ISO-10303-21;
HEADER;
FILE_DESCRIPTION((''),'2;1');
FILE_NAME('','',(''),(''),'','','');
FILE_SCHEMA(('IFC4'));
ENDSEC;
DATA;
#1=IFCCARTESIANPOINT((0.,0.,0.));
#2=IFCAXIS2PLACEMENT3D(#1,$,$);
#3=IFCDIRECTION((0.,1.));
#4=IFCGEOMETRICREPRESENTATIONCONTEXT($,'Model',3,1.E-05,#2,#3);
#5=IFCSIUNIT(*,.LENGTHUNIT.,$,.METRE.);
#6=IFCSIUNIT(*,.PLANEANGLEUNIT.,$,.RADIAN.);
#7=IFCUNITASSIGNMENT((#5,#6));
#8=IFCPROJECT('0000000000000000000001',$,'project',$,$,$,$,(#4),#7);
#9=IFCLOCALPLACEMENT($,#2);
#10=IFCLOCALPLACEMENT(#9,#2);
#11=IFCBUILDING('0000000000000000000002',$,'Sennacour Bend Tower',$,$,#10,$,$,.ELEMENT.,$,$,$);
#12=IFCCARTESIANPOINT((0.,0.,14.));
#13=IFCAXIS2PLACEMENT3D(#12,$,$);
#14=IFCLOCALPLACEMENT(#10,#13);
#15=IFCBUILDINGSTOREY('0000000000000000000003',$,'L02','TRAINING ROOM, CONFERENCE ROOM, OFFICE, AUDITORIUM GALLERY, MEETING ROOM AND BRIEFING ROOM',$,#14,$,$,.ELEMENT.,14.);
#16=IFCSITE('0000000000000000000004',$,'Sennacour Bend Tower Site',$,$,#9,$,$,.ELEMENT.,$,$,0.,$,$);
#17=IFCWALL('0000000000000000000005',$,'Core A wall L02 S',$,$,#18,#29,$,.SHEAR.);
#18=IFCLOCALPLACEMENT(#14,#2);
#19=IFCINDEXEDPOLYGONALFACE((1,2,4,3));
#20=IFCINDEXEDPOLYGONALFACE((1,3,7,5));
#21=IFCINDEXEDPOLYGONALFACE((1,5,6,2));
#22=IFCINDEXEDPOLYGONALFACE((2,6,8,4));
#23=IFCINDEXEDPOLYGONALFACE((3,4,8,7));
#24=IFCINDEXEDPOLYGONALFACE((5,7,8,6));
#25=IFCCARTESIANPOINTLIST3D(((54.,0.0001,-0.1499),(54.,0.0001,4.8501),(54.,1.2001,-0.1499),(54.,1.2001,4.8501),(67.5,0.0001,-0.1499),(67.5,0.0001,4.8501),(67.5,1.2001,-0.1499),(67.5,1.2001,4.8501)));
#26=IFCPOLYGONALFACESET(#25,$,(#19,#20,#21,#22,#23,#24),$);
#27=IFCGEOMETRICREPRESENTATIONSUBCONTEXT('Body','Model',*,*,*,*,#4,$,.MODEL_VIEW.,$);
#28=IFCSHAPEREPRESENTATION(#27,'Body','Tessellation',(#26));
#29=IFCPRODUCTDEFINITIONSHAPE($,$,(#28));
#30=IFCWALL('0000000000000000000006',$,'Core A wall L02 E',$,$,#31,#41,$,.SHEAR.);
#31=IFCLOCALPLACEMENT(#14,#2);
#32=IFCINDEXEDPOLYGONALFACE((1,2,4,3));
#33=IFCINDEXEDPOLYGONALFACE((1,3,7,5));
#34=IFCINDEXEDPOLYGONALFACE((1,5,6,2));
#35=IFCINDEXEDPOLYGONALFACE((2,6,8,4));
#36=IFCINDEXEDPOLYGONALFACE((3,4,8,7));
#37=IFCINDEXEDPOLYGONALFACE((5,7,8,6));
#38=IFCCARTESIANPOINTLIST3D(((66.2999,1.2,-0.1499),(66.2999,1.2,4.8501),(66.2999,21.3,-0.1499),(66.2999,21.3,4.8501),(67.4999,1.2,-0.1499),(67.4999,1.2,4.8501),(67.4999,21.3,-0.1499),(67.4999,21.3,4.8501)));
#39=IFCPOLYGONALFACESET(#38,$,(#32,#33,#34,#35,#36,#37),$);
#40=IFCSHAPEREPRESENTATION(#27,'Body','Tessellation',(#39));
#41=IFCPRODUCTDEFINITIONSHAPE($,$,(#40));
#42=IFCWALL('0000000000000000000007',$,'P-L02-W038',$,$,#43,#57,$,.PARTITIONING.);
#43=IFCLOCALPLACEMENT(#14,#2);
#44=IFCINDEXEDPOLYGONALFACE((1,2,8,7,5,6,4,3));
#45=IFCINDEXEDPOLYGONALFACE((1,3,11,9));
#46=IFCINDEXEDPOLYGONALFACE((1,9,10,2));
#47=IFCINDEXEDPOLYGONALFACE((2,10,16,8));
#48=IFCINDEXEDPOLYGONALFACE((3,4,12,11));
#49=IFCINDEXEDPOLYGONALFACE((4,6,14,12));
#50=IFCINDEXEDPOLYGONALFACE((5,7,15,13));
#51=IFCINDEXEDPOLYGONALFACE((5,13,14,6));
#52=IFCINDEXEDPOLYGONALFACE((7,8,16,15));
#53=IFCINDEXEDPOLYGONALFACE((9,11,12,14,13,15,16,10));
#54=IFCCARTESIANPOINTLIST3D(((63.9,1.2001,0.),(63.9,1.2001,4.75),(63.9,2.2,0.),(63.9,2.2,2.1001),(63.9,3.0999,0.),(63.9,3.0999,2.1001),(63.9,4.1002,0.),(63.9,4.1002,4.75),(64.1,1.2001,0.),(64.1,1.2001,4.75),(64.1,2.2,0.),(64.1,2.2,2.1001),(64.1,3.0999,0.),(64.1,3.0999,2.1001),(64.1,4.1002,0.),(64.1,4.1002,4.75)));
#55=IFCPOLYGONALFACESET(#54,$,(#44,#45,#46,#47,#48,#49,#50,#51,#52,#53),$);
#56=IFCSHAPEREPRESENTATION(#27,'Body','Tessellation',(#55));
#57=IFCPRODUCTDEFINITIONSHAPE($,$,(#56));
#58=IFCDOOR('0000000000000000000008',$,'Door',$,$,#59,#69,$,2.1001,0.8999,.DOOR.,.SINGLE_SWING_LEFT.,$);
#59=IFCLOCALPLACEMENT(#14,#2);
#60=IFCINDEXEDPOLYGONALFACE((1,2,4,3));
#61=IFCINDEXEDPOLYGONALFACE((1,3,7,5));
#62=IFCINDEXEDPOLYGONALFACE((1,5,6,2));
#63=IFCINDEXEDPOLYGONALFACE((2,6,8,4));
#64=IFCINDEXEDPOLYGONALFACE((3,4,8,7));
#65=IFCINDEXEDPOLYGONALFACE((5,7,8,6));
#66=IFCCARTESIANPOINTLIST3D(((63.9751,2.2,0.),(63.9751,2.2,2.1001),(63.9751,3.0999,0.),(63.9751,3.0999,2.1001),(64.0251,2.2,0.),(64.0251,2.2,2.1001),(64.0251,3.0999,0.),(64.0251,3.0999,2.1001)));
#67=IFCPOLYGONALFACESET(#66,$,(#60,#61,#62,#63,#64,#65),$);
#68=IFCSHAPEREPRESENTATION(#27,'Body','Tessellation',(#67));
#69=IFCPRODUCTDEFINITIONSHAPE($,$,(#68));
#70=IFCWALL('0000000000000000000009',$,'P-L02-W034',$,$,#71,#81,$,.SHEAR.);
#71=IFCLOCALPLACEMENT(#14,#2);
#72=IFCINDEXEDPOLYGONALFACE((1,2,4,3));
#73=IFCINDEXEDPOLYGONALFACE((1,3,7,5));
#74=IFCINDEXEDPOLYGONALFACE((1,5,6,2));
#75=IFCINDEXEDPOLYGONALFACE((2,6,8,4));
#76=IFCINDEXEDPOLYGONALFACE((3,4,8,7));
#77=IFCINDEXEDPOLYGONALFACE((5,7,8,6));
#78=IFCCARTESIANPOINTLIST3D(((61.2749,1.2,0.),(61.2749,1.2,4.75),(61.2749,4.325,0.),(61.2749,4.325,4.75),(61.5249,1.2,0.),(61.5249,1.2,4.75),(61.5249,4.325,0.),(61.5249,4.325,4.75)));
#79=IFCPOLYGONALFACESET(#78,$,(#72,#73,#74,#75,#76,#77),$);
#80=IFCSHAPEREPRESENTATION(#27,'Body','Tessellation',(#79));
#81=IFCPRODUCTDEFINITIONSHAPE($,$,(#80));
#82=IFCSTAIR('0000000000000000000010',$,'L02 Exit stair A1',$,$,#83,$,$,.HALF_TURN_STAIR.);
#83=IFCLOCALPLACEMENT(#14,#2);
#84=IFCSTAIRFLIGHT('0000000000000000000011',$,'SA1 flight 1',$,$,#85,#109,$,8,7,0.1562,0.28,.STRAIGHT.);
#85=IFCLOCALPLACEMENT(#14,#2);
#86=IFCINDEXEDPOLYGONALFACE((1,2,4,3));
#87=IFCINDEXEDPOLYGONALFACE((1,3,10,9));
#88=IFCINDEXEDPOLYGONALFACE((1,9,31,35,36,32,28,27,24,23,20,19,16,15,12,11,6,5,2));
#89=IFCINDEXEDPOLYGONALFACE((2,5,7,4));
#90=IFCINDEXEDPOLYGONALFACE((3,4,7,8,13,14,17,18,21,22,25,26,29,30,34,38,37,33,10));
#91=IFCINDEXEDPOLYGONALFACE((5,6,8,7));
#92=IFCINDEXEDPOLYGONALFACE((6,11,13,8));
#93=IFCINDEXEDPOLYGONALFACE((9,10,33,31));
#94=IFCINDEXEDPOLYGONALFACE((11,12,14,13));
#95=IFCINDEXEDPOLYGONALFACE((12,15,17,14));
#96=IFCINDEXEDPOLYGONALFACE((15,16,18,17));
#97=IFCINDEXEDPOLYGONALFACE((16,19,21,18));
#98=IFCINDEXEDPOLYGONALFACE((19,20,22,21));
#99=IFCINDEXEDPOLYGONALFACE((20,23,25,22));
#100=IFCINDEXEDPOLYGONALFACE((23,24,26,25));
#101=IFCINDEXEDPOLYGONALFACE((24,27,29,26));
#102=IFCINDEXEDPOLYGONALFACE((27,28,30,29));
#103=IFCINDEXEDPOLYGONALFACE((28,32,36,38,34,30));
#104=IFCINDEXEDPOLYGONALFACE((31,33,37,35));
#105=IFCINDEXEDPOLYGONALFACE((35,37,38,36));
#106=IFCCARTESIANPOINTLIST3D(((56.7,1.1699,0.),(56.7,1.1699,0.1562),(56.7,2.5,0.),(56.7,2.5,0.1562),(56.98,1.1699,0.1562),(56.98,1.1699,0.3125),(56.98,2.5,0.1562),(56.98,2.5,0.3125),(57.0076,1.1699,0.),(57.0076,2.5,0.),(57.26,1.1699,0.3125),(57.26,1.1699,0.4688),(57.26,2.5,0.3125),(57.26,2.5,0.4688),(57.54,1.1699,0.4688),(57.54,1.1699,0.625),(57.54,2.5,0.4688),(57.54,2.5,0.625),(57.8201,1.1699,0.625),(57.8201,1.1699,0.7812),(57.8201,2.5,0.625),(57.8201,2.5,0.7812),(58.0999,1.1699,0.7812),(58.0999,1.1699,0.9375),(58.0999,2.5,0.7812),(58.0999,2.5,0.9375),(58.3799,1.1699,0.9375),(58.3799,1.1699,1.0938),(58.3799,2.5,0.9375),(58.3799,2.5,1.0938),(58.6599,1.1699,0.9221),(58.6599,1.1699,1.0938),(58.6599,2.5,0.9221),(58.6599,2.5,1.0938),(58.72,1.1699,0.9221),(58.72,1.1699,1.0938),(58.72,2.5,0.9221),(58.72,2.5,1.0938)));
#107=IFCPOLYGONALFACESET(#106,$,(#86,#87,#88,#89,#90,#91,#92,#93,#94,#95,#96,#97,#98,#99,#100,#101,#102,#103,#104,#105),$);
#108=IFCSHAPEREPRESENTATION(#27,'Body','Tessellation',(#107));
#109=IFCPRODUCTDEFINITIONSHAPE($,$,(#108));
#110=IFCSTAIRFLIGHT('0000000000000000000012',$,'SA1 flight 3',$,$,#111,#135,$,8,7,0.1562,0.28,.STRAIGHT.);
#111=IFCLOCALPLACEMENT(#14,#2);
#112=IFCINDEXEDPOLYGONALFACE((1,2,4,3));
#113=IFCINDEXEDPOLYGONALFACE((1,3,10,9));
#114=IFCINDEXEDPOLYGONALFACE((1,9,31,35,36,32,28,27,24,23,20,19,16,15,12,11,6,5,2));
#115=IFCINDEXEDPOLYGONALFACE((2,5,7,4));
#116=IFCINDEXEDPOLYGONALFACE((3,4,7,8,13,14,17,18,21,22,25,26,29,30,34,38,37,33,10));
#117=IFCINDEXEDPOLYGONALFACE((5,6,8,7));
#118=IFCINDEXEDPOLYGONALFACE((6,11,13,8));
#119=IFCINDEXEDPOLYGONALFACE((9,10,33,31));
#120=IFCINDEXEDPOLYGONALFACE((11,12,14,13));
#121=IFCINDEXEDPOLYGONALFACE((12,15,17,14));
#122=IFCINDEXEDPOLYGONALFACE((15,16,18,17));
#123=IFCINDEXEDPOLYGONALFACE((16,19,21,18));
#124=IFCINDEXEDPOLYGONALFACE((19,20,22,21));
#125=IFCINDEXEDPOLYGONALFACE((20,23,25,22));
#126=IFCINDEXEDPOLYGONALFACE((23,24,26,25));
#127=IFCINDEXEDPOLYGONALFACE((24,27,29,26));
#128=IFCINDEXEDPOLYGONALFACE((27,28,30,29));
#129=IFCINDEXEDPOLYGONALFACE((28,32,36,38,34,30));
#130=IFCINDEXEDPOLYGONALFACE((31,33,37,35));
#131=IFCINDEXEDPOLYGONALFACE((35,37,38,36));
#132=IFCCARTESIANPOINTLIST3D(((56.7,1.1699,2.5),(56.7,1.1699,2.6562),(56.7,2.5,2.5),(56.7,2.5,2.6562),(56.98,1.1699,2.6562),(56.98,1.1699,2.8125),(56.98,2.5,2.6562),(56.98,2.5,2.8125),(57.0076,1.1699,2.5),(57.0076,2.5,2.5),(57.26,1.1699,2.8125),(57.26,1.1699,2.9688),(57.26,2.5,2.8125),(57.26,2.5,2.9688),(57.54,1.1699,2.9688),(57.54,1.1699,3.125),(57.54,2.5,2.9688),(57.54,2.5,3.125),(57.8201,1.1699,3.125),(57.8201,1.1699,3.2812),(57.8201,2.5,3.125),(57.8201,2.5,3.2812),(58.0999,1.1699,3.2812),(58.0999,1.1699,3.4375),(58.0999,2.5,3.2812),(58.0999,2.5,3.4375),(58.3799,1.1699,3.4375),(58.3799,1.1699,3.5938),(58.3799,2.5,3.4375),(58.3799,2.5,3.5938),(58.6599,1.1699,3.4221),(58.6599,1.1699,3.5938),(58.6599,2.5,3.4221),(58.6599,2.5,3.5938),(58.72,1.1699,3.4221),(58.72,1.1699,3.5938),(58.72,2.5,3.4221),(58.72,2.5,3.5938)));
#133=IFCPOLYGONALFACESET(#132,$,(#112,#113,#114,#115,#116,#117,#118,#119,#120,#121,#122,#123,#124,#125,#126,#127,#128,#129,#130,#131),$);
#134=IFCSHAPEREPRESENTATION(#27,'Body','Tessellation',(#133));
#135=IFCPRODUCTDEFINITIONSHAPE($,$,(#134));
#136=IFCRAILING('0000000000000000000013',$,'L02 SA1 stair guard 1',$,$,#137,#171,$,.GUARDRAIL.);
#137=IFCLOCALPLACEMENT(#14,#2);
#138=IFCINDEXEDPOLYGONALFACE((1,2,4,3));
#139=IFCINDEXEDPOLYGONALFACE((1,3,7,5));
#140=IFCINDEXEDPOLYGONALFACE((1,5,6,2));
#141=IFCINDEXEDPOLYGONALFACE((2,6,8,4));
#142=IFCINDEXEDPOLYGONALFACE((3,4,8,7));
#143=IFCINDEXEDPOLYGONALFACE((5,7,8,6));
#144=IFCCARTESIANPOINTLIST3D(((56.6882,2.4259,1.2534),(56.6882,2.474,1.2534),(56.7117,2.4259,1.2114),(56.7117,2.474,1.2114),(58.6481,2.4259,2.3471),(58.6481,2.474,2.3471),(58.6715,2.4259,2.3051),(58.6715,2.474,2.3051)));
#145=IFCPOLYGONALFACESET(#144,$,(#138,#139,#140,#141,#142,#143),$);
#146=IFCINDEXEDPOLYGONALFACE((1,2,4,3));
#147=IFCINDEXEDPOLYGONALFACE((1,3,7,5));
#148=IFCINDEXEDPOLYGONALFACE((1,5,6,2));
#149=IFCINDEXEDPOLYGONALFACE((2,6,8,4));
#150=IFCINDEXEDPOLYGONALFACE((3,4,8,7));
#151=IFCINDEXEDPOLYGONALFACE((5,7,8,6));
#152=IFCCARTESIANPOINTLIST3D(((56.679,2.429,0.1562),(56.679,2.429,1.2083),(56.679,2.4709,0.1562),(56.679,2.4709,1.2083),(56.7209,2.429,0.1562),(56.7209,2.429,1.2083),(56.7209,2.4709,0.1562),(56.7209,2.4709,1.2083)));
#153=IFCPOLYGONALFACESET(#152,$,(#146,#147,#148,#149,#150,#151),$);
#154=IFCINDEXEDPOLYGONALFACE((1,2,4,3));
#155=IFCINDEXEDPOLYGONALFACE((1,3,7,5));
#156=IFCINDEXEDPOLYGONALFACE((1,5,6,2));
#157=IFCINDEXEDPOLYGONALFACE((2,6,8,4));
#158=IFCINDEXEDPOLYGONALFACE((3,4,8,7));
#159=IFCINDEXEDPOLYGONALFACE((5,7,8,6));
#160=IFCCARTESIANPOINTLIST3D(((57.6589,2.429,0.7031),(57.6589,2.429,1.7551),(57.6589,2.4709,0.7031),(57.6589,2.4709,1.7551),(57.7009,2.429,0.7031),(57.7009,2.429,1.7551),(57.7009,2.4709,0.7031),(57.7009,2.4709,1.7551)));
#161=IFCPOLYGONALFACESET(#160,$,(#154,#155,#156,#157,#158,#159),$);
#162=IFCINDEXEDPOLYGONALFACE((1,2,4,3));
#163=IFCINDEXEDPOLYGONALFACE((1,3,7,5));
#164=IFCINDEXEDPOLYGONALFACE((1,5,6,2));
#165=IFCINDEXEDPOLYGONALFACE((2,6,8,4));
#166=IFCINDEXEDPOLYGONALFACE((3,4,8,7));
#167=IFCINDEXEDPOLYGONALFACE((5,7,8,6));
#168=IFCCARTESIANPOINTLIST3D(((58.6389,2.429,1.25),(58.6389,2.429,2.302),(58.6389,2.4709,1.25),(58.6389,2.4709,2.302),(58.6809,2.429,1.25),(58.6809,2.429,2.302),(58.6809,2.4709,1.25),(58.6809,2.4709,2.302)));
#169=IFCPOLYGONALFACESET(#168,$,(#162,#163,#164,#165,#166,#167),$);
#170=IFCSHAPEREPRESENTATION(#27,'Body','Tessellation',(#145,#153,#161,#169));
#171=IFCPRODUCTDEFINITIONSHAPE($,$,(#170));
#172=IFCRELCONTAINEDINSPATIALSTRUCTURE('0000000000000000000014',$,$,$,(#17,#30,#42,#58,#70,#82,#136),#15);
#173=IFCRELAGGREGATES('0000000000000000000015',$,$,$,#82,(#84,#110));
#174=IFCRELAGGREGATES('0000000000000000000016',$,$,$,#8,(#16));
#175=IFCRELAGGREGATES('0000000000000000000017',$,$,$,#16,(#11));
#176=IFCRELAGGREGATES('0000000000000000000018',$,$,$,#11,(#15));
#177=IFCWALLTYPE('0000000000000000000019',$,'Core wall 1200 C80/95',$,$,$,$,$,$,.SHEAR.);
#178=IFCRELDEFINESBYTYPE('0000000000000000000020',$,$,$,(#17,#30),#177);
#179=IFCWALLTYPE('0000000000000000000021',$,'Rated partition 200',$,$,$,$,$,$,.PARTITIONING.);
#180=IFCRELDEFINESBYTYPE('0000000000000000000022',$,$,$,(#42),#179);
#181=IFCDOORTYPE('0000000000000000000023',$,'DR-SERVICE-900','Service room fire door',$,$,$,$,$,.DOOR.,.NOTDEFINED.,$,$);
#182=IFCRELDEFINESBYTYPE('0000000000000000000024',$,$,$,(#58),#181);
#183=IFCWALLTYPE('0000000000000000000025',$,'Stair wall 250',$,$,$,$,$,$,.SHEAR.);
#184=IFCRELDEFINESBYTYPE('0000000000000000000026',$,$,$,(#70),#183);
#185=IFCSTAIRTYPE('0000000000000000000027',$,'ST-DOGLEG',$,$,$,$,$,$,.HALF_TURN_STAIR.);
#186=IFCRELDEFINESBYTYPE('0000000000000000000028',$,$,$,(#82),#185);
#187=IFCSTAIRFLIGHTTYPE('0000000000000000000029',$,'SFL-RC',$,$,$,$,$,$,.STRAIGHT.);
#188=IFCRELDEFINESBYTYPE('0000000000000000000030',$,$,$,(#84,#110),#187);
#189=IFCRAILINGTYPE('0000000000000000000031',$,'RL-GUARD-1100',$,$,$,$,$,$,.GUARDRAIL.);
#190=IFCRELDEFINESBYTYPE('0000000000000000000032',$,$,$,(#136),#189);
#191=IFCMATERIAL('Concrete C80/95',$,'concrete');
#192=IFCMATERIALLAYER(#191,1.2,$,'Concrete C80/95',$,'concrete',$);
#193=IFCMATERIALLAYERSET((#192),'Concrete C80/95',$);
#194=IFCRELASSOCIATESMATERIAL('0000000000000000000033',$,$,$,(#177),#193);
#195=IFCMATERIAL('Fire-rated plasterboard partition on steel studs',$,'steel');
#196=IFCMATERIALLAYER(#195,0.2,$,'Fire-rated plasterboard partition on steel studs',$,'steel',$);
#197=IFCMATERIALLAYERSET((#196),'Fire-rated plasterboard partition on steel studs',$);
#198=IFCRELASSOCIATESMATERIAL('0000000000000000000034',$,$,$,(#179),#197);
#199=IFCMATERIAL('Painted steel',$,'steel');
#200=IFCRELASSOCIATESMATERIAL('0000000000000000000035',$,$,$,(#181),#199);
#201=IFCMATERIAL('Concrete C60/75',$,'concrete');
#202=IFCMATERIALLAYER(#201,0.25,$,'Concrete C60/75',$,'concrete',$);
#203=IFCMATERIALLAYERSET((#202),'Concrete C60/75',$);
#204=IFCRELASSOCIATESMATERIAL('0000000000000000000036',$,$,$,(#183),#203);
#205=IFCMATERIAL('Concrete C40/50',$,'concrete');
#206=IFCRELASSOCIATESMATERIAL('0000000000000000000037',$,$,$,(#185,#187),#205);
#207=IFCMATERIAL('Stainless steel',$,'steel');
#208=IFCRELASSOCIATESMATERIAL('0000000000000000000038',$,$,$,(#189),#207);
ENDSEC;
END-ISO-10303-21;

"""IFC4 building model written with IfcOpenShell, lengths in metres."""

from ifc_helpers import new_model, si_unit, direction, frame, frame_2d, origin, origin_2d, place, context, subcontext, project, spatial, polyline, rectangle, outline, extrude, material, layer, layer_set, type_object, element, fill, aggregate, save


model = new_model("IFC4")

# Units and contexts
model_context = context("Model", 3, precision=1e-05, world=origin(), true_north=direction((0.0, 1.0)))
body_context = subcontext(model_context, "Body", "Model", "MODEL_VIEW")
ifc_project = project(units=[si_unit("LENGTHUNIT", "METRE"), si_unit("PLANEANGLEUNIT", "RADIAN")], contexts=[model_context])

# Site, building, storey
site_placement = place(None, origin())
site = spatial("IfcSite", under=ifc_project, at=site_placement, Name="Sennacour Bend Tower Site", CompositionType="ELEMENT", RefElevation=0.0)
building_placement = place(site_placement, origin())
building = spatial("IfcBuilding", under=site, at=building_placement, Name="Sennacour Bend Tower", CompositionType="ELEMENT")
storey_placement = place(building_placement, frame((0.0, 0.0, 14.0)))
storey = spatial("IfcBuildingStorey", under=building, at=storey_placement, Name="L02", Description="TRAINING ROOM, CONFERENCE ROOM, OFFICE, AUDITORIUM GALLERY, MEETING ROOM AND BRIEFING ROOM", CompositionType="ELEMENT", Elevation=14.0)

# Walls
ifc_material_1 = material(Name="Concrete C80/95", Category="concrete")
ifc_layer_1 = layer(ifc_material_1, 1.2, Name="Concrete C80/95", Category="concrete")
ifc_layer_set_1 = layer_set([ifc_layer_1], Name="Concrete C80/95")
wall_type_1 = type_object("IfcWallType", Name="Core wall 1200 C80/95", PredefinedType="SHEAR", material=ifc_layer_set_1)
wall_1_placement = place(storey_placement, frame((67.5, 0.6001, -0.1499), z_axis=(0.0, 0.0, 1.0), x_axis=(-1.0, 0.0, 0.0)))
element("IfcWall", 1, at=wall_1_placement, inside=storey, type_object=wall_type_1, Name="Core A wall L02 S", PredefinedType="SHEAR", context=body_context, shape_type="SweptSolid", body=[
    extrude(rectangle(XDim=13.5, YDim=1.2, at=frame_2d((6.75, 0.0))), origin(), (0.0, 0.0, 1.0), 5.0),
])
wall_2_placement = place(storey_placement, frame((66.8999, 1.2, -0.1499), z_axis=(0.0, 0.0, 1.0), x_axis=(0.0, 1.0, 0.0)))
element("IfcWall", 2, at=wall_2_placement, inside=storey, type_object=wall_type_1, Name="Core A wall L02 E", PredefinedType="SHEAR", context=body_context, shape_type="SweptSolid", body=[
    extrude(rectangle(XDim=20.1001, YDim=1.2, at=frame_2d((10.05, 0.0))), origin(), (0.0, 0.0, 1.0), 5.0),
])

# Wall, opening, door
ifc_material_2 = material(Name="Fire-rated plasterboard partition on steel studs", Category="steel")
ifc_layer_2 = layer(ifc_material_2, 0.2, Name="Fire-rated plasterboard partition on steel studs", Category="steel")
ifc_layer_set_2 = layer_set([ifc_layer_2], Name="Fire-rated plasterboard partition on steel studs")
wall_type_2 = type_object("IfcWallType", Name="Rated partition 200", PredefinedType="PARTITIONING", material=ifc_layer_set_2)
wall_3_placement = place(storey_placement, frame((64.0, 1.2, 0.0), z_axis=(0.0, 0.0, 1.0), x_axis=(0.0, 1.0, 0.0)))
wall_3 = element("IfcWall", 3, at=wall_3_placement, inside=storey, type_object=wall_type_2, Name="P-L02-W038", PredefinedType="PARTITIONING", context=body_context, shape_type="SweptSolid", body=[
    extrude(rectangle(XDim=2.9001, YDim=0.2, at=frame_2d((1.4502, 0.0))), origin(), (0.0, 0.0, 1.0), 4.75),
])
opening_placement = place(wall_3_placement, frame((1.0, 0.0, 0.0)))
opening = element("IfcOpeningElement", 4, at=opening_placement, cuts=wall_3, PredefinedType="OPENING", context=body_context, shape_type="SweptSolid", body=[
    extrude(rectangle(XDim=0.8999, YDim=2.1001, at=frame_2d((0.45, 1.05))), frame((0.0, 0.1099, 0.0), z_axis=(0.0, -1.0, 0.0), x_axis=(1.0, 0.0, 0.0)), (0.0, 0.0, 1.0), 0.22),
])
ifc_material_3 = material(Name="Painted steel", Category="steel")
door_type = type_object("IfcDoorType", Name="DR-SERVICE-900", Description="Service room fire door", OperationType="NOTDEFINED", PredefinedType="DOOR", material=ifc_material_3)
door_placement = place(opening_placement, origin())
door = element("IfcDoor", 5, at=door_placement, inside=storey, type_object=door_type, Name="Door", OperationType="SINGLE_SWING_LEFT", OverallHeight=2.1001, OverallWidth=0.8999, PredefinedType="DOOR", context=body_context, shape_type="SweptSolid", body=[
    extrude(rectangle(XDim=0.8999, YDim=2.1001, at=frame_2d((0.45, 1.05))), frame((0.0, 0.0249, 0.0), z_axis=(0.0, -1.0, 0.0), x_axis=(1.0, 0.0, 0.0)), (0.0, 0.0, 1.0), 0.05),
])
fill(opening, door)

# Wall
ifc_material_4 = material(Name="Concrete C60/75", Category="concrete")
ifc_layer_3 = layer(ifc_material_4, 0.25, Name="Concrete C60/75", Category="concrete")
ifc_layer_set_3 = layer_set([ifc_layer_3], Name="Concrete C60/75")
wall_type_3 = type_object("IfcWallType", Name="Stair wall 250", PredefinedType="SHEAR", material=ifc_layer_set_3)
wall_4_placement = place(storey_placement, frame((61.3999, 1.2, 0.0), z_axis=(0.0, 0.0, 1.0), x_axis=(0.0, 1.0, 0.0)))
element("IfcWall", 6, at=wall_4_placement, inside=storey, type_object=wall_type_3, Name="P-L02-W034", PredefinedType="SHEAR", context=body_context, shape_type="SweptSolid", body=[
    extrude(rectangle(XDim=3.125, YDim=0.25, at=frame_2d((1.5625, 0.0))), origin(), (0.0, 0.0, 1.0), 4.75),
])

# Stair, stair flights
ifc_material_5 = material(Name="Concrete C40/50", Category="concrete")
stair_type = type_object("IfcStairType", Name="ST-DOGLEG", PredefinedType="HALF_TURN_STAIR", material=ifc_material_5)
stair_placement = place(storey_placement, origin())
stair = element("IfcStair", 7, at=stair_placement, inside=storey, type_object=stair_type, Name="L02 Exit stair A1", PredefinedType="HALF_TURN_STAIR")
stair_flight_type = type_object("IfcStairFlightType", Name="SFL-RC", PredefinedType="STRAIGHT", material=ifc_material_5)
stair_flight_1_placement = place(storey_placement, frame((56.7, 1.835, 0.0), z_axis=(0.0, 0.0, 1.0), x_axis=(1.0, 0.0, 0.0)))
stair_flight_1 = element("IfcStairFlight", 8, at=stair_flight_1_placement, type_object=stair_flight_type, Name="SA1 flight 1", NumberOfRisers=8, NumberOfTreads=7, PredefinedType="STRAIGHT", RiserHeight=0.1562, TreadLength=0.28, context=body_context, shape_type="SweptSolid", body=[
    extrude(outline(polyline([(0.0, 0.0), (0.0, 0.1562), (0.28, 0.1562), (0.28, 0.3125), (0.5601, 0.3125), (0.5601, 0.4688), (0.8401, 0.4688), (0.8401, 0.625), (1.1201, 0.625), (1.1201, 0.7812), (1.3999, 0.7812), (1.3999, 0.9375), (1.6799, 0.9375), (1.6799, 1.0938), (1.96, 1.0938), (2.02, 1.0938), (2.02, 0.9221), (1.96, 0.9221), (0.3076, 0.0), (0.0, 0.0)])), frame((0.0, 0.665, 0.0), z_axis=(0.0, -1.0, 0.0), x_axis=(1.0, 0.0, 0.0)), (0.0, 0.0, 1.0), 1.3301),
])
stair_flight_2_placement = place(storey_placement, frame((56.7, 1.835, 2.5), z_axis=(0.0, 0.0, 1.0), x_axis=(1.0, 0.0, 0.0)))
stair_flight_2 = element("IfcStairFlight", 9, at=stair_flight_2_placement, type_object=stair_flight_type, Name="SA1 flight 3", NumberOfRisers=8, NumberOfTreads=7, PredefinedType="STRAIGHT", RiserHeight=0.1562, TreadLength=0.28, context=body_context, shape_type="SweptSolid", body=[
    extrude(outline(polyline([(0.0, 0.0), (0.0, 0.1562), (0.28, 0.1562), (0.28, 0.3125), (0.5601, 0.3125), (0.5601, 0.4688), (0.8401, 0.4688), (0.8401, 0.625), (1.1201, 0.625), (1.1201, 0.7812), (1.3999, 0.7812), (1.3999, 0.9375), (1.6799, 0.9375), (1.6799, 1.0938), (1.96, 1.0938), (2.02, 1.0938), (2.02, 0.9221), (1.96, 0.9221), (0.3076, 0.0), (0.0, 0.0)])), frame((0.0, 0.665, 0.0), z_axis=(0.0, -1.0, 0.0), x_axis=(1.0, 0.0, 0.0)), (0.0, 0.0, 1.0), 1.3301),
])
aggregate(stair, [stair_flight_1, stair_flight_2])

# Railing
ifc_material_6 = material(Name="Stainless steel", Category="steel")
railing_type_1 = type_object("IfcRailingType", Name="RL-GUARD-1100", PredefinedType="GUARDRAIL", material=ifc_material_6)
railing_1_placement = place(storey_placement, frame((56.7, 2.45, 0.1562)))
element("IfcRailing", 10, at=railing_1_placement, inside=storey, type_object=railing_type_1, Name="L02 SA1 stair guard 1", PredefinedType="GUARDRAIL", context=body_context, shape_type="SweptSolid", body=[
    extrude(rectangle(XDim=0.0481, YDim=0.0481, at=origin_2d()), frame((0.0, 0.0, 1.0762), z_axis=(0.873232, 0.0, 0.487304), x_axis=(0.0, 1.0, 0.0)), (0.0, 0.0, 1.0), 2.2444),
    extrude(rectangle(XDim=0.042, YDim=0.042, at=origin_2d()), origin(), (0.0, 0.0, 1.0), 1.052),
    extrude(rectangle(XDim=0.042, YDim=0.042, at=origin_2d()), frame((0.98, 0.0, 0.5469)), (0.0, 0.0, 1.0), 1.052),
    extrude(rectangle(XDim=0.042, YDim=0.042, at=origin_2d()), frame((1.96, 0.0, 1.0938)), (0.0, 0.0, 1.0), 1.052),
])

save(model, "model.ifc")
